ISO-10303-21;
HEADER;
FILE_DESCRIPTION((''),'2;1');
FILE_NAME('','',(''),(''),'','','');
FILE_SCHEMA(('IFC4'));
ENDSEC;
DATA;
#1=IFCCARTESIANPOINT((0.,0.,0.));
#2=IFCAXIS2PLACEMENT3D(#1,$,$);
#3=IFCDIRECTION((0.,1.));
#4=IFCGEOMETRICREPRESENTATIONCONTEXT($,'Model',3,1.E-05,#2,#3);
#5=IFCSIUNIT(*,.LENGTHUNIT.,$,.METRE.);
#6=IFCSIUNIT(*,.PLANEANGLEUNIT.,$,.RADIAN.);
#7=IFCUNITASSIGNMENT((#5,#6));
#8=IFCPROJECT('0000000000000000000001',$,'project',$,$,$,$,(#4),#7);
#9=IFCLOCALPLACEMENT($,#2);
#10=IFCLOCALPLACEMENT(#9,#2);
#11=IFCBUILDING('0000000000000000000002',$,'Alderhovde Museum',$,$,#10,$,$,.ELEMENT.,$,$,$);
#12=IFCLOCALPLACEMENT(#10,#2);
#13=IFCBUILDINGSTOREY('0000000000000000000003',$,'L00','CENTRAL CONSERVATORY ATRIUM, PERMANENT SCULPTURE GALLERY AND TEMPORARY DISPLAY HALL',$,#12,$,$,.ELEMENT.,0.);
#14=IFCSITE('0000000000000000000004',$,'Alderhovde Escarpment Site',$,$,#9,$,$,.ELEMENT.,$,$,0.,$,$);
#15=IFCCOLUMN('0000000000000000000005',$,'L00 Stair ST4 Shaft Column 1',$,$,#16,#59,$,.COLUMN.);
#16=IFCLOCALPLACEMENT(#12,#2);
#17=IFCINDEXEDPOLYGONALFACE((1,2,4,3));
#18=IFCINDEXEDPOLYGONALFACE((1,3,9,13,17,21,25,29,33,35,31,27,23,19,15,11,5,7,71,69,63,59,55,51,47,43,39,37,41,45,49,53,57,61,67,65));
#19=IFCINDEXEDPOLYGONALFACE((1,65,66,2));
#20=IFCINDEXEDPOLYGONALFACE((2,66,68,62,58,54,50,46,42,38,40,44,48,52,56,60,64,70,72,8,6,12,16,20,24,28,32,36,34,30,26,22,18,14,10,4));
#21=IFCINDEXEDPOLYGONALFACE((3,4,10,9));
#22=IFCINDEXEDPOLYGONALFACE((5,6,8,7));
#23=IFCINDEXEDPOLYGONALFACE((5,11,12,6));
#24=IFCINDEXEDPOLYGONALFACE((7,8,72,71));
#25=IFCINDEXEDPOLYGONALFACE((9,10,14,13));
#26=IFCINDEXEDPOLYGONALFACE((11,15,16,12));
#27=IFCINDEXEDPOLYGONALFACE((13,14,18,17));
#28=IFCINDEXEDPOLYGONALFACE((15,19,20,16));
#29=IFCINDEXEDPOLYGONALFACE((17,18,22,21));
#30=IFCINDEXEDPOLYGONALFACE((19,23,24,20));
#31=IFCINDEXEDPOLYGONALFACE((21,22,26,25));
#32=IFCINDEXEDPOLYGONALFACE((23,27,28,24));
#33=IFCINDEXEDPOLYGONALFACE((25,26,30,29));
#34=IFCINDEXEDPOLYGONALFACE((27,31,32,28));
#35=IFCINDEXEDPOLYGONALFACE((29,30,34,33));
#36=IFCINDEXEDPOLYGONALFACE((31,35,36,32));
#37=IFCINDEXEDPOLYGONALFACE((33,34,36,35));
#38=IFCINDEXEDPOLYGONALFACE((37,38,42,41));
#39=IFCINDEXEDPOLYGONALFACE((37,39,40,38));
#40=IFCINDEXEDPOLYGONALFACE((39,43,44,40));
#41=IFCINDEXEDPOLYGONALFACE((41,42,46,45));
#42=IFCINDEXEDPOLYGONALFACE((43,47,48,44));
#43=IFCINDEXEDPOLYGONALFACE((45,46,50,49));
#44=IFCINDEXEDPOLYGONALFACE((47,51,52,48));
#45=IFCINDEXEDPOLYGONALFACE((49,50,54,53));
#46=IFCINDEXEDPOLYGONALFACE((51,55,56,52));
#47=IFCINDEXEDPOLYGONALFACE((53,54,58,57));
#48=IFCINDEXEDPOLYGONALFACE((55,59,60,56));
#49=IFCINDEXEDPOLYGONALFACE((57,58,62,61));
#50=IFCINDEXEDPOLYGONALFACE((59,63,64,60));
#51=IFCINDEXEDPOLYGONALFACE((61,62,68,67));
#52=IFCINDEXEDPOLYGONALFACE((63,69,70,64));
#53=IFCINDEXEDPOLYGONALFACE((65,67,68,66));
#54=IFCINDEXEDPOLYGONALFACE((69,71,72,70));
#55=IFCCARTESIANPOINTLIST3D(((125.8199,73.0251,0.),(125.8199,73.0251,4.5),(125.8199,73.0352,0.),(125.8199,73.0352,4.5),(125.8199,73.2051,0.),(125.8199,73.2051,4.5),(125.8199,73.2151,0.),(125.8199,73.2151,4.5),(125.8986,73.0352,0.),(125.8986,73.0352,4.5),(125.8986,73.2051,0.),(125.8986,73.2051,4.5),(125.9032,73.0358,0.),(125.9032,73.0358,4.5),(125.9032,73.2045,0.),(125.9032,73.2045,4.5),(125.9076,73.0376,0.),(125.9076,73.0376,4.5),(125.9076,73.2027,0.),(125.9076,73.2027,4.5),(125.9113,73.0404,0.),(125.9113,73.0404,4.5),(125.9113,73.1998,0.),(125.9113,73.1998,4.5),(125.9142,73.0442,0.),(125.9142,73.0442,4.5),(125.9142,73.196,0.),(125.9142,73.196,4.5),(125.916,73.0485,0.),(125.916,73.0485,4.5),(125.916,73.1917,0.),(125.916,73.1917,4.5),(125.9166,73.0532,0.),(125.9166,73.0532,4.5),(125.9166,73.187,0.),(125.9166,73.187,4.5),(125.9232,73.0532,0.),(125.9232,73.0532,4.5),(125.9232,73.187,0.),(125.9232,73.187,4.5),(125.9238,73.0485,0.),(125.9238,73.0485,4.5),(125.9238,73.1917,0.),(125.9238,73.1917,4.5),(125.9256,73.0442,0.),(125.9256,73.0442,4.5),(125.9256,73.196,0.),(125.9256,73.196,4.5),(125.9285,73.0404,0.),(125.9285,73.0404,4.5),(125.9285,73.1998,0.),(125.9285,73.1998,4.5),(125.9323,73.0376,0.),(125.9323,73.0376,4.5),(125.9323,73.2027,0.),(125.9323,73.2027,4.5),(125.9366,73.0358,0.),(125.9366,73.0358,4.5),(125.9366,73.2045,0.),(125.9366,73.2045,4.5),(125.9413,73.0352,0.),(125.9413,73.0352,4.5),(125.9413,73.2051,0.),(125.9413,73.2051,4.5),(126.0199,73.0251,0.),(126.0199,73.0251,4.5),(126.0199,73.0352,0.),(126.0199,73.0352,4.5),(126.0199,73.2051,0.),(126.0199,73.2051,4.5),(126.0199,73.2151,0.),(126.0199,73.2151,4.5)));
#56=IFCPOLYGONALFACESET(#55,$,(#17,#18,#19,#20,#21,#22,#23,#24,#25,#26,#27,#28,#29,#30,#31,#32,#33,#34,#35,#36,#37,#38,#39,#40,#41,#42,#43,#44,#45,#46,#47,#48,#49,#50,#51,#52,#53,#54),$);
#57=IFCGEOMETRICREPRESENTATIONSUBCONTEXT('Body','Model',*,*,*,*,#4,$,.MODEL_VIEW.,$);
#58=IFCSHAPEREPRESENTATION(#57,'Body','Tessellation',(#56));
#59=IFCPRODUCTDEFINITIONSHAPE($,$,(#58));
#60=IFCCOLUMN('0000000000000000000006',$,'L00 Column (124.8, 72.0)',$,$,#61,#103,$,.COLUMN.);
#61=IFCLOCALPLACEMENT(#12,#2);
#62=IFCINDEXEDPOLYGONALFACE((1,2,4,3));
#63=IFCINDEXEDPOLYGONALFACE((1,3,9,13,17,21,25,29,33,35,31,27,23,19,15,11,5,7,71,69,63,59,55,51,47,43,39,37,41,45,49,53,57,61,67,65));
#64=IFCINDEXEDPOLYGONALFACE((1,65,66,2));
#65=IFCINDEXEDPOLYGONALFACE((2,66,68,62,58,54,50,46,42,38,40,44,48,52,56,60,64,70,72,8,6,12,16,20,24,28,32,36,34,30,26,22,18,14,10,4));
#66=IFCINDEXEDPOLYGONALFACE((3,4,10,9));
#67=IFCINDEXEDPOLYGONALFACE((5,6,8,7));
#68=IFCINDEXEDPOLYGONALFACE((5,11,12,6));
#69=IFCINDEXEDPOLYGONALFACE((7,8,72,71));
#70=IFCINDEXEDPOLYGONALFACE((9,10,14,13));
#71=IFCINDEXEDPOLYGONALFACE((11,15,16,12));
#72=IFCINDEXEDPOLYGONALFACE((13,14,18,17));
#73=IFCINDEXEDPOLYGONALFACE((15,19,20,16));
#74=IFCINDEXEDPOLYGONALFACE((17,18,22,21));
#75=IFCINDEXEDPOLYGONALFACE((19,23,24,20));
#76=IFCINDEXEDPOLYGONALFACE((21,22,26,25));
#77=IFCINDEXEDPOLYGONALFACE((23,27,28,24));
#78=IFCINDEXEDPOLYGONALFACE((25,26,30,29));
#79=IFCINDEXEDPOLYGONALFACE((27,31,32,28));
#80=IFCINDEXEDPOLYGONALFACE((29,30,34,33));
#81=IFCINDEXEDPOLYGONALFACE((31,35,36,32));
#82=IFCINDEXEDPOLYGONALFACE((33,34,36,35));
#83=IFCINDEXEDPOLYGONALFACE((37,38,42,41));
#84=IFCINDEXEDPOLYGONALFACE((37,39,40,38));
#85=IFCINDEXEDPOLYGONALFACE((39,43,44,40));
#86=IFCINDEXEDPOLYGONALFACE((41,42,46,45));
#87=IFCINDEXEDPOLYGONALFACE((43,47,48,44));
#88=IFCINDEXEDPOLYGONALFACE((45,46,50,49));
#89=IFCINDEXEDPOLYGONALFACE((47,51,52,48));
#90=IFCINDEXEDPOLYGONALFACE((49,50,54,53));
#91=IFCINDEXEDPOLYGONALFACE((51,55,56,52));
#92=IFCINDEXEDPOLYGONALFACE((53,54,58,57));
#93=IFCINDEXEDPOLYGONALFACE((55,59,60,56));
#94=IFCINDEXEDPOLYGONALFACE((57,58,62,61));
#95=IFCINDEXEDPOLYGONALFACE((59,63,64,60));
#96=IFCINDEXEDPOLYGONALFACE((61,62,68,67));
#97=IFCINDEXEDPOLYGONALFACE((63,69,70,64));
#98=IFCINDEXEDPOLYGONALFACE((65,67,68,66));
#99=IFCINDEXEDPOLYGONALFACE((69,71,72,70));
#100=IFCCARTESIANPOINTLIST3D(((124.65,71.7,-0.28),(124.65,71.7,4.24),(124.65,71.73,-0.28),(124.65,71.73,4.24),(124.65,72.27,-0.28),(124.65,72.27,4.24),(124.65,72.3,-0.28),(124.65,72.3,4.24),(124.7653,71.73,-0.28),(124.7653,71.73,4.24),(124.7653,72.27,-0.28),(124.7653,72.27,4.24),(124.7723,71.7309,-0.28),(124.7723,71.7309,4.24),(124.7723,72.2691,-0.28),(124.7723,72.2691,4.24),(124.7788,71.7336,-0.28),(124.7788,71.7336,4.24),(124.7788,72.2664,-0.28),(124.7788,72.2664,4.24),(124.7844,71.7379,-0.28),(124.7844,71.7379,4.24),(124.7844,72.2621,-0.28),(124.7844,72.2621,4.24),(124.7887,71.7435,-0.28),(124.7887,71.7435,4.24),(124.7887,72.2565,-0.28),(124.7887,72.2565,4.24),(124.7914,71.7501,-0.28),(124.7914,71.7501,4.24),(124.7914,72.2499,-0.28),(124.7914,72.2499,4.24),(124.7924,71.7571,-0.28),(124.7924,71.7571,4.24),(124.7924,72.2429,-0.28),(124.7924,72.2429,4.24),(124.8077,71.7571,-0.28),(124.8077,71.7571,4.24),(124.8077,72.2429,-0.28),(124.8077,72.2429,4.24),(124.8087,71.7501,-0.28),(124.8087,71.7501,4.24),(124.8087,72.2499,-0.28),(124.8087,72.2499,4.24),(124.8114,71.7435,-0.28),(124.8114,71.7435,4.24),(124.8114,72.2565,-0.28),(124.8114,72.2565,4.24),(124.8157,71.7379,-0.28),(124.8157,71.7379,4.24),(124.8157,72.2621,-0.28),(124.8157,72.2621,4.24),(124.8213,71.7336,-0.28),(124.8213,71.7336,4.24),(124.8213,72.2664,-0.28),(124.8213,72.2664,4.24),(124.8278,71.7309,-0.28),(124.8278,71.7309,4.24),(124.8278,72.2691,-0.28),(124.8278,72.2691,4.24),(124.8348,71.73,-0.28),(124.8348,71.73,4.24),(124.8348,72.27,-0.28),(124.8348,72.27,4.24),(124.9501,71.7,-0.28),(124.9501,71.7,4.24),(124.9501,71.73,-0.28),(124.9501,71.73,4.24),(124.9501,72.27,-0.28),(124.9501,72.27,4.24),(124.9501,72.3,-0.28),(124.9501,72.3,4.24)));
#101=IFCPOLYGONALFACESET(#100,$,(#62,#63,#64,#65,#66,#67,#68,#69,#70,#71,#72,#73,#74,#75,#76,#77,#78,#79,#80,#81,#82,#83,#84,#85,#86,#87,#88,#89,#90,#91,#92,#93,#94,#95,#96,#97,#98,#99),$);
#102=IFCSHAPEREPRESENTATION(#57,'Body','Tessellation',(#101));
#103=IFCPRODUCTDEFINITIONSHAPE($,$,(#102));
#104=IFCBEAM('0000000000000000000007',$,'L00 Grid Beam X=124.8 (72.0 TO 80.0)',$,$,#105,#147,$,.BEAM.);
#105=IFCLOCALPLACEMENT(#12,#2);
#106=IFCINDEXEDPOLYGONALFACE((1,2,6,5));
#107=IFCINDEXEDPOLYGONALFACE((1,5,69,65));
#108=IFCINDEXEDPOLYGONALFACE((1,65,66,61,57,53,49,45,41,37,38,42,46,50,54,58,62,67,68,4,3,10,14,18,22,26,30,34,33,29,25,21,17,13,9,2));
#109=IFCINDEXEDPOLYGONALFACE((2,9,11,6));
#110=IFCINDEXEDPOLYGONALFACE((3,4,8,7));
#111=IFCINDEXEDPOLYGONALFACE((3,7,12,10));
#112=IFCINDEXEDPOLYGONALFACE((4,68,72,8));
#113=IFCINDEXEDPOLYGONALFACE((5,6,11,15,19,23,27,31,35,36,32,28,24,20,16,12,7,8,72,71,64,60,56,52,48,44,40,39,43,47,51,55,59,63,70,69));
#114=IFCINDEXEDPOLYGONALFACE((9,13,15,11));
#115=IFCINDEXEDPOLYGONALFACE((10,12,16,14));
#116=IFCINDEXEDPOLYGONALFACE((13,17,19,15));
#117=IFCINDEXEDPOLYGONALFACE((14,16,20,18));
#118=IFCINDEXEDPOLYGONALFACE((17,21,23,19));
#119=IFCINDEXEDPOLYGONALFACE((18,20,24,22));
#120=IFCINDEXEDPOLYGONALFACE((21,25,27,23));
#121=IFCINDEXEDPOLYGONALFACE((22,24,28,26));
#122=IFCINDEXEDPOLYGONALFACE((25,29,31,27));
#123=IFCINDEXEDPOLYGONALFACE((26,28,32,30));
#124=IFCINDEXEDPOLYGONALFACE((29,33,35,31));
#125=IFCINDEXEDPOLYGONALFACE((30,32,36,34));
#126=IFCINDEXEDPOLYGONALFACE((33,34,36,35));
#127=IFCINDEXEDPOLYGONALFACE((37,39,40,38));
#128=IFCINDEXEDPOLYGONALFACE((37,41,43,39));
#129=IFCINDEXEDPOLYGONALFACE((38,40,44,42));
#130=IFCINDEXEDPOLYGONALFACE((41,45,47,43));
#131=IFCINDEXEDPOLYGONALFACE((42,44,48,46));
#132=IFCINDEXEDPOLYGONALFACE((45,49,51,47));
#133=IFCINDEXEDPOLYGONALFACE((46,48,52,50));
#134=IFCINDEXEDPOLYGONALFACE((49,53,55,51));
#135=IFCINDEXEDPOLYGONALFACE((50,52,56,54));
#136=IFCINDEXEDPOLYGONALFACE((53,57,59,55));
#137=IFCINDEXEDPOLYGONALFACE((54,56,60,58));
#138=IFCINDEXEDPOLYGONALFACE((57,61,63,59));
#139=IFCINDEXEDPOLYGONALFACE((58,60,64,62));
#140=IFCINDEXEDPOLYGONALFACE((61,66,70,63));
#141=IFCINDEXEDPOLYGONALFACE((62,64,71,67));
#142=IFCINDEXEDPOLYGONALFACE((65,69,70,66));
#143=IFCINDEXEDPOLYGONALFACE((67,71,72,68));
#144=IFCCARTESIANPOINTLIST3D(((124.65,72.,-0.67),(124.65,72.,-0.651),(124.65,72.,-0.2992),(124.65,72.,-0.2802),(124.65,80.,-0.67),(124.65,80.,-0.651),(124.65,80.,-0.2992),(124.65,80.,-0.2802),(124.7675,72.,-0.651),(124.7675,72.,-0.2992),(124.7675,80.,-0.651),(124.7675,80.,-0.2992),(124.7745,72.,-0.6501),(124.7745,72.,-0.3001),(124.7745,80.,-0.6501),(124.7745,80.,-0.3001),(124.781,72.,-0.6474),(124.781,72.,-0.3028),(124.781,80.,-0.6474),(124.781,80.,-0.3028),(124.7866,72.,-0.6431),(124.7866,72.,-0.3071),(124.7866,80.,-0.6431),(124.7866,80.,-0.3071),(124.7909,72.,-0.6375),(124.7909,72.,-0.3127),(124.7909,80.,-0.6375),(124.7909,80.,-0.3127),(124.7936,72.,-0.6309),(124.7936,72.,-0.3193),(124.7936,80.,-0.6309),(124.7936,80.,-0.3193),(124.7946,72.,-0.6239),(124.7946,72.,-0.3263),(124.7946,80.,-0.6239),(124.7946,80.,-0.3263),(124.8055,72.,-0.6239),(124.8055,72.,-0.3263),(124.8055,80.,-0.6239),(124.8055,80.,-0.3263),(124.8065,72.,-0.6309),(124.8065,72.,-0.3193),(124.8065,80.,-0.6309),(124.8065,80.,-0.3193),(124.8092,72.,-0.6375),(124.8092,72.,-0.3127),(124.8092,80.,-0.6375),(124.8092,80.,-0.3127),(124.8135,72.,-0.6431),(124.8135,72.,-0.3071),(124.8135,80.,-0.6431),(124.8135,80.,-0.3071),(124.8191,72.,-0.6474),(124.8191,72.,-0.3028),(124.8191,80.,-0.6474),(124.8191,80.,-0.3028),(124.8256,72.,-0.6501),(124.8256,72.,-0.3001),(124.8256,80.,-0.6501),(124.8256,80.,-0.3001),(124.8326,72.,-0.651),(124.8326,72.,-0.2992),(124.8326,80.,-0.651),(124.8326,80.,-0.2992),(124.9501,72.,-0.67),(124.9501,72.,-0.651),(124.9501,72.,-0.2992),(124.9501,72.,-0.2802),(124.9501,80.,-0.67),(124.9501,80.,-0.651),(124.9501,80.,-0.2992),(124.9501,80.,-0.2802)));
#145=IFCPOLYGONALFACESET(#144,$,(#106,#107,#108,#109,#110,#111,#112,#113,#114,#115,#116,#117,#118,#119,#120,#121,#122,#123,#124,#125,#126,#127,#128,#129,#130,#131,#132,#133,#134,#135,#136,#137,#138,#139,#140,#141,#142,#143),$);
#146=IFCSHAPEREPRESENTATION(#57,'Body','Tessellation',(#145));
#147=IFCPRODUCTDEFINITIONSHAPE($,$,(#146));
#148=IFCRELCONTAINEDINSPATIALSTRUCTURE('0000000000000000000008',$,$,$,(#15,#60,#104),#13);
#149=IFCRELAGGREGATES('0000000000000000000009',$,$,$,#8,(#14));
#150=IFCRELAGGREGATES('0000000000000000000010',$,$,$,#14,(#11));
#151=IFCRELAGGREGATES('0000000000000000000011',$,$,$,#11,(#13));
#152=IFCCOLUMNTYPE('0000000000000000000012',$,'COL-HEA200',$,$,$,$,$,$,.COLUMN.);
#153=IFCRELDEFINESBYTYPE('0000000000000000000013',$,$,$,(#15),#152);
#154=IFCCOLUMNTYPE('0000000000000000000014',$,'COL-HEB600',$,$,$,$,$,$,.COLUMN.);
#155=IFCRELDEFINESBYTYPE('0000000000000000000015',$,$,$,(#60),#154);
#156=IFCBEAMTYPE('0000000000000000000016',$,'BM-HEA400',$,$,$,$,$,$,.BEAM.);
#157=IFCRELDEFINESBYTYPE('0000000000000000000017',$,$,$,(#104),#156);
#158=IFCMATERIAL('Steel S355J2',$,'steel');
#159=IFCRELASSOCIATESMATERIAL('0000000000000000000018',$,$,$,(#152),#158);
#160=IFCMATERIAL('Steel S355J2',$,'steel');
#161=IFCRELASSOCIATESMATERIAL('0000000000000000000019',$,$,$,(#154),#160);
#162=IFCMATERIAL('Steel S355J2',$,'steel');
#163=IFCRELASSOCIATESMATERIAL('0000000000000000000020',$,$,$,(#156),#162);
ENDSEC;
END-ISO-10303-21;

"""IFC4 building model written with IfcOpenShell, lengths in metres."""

from ifc_helpers import new_model, si_unit, direction, frame, origin, origin_2d, place, context, subcontext, project, spatial, i_section, extrude, material, material_profile, profile_set, type_object, element, save


model = new_model("IFC4")

# Units and contexts
model_context = context("Model", 3, precision=1e-05, world=origin(), true_north=direction((0.0, 1.0)))
body_context = subcontext(model_context, "Body", "Model", "MODEL_VIEW")
ifc_project = project(units=[si_unit("LENGTHUNIT", "METRE"), si_unit("PLANEANGLEUNIT", "RADIAN")], contexts=[model_context])

# Site, building, storey
site_placement = place(None, origin())
site = spatial("IfcSite", under=ifc_project, at=site_placement, Name="Alderhovde Escarpment Site", CompositionType="ELEMENT", RefElevation=0.0)
building_placement = place(site_placement, origin())
building = spatial("IfcBuilding", under=site, at=building_placement, Name="Alderhovde Museum", CompositionType="ELEMENT")
storey_placement = place(building_placement, origin())
storey = spatial("IfcBuildingStorey", under=building, at=storey_placement, Name="L00", Description="CENTRAL CONSERVATORY ATRIUM, PERMANENT SCULPTURE GALLERY AND TEMPORARY DISPLAY HALL", CompositionType="ELEMENT", Elevation=0.0)

# Columns
ifc_material_1 = material(Name="Steel S355J2", Category="steel")
ifc_material_profile_1 = material_profile(ifc_material_1, i_section(OverallWidth=0.2, OverallDepth=0.1899, WebThickness=0.0066, FlangeThickness=0.01, FilletRadius=0.0181, at=origin_2d()), Name="HEA 200")
ifc_profile_set_1 = profile_set([ifc_material_profile_1], Name="Steel S355J2")
column_type_1 = type_object("IfcColumnType", Name="COL-HEA200", PredefinedType="COLUMN", material=ifc_profile_set_1)
column_1_placement = place(storey_placement, frame((125.9199, 73.1201, 0.0), z_axis=(0.0, 0.0, 1.0), x_axis=(1.0, 0.0, 0.0)))
element("IfcColumn", 1, at=column_1_placement, inside=storey, type_object=column_type_1, Name="L00 Stair ST4 Shaft Column 1", PredefinedType="COLUMN", context=body_context, shape_type="SweptSolid", body=[
    extrude(i_section(OverallWidth=0.2, OverallDepth=0.1899, WebThickness=0.0066, FlangeThickness=0.01, FilletRadius=0.0181, at=origin_2d()), origin(), (0.0, 0.0, 1.0), 4.5),
])
ifc_material_2 = material(Name="Steel S355J2", Category="steel")
ifc_material_profile_2 = material_profile(ifc_material_2, i_section(OverallWidth=0.3, OverallDepth=0.6001, WebThickness=0.0154, FlangeThickness=0.03, FilletRadius=0.0271, at=origin_2d()), Name="HEB 600")
ifc_profile_set_2 = profile_set([ifc_material_profile_2], Name="Steel S355J2")
column_type_2 = type_object("IfcColumnType", Name="COL-HEB600", PredefinedType="COLUMN", material=ifc_profile_set_2)
column_2_placement = place(storey_placement, frame((124.8, 72.0, -0.28), z_axis=(0.0, 0.0, 1.0), x_axis=(1.0, 0.0, 0.0)))
element("IfcColumn", 2, at=column_2_placement, inside=storey, type_object=column_type_2, Name="L00 Column (124.8, 72.0)", PredefinedType="COLUMN", context=body_context, shape_type="SweptSolid", body=[
    extrude(i_section(OverallWidth=0.3, OverallDepth=0.6001, WebThickness=0.0154, FlangeThickness=0.03, FilletRadius=0.0271, at=origin_2d()), origin(), (0.0, 0.0, 1.0), 4.52),
])

# Beam
ifc_material_3 = material(Name="Steel S355J2", Category="steel")
ifc_material_profile_3 = material_profile(ifc_material_3, i_section(OverallWidth=0.3, OverallDepth=0.3899, WebThickness=0.011, FlangeThickness=0.019, FilletRadius=0.0271, at=origin_2d()), Name="HEA 400")
ifc_profile_set_3 = profile_set([ifc_material_profile_3], Name="Steel S355J2")
beam_type_1 = type_object("IfcBeamType", Name="BM-HEA400", PredefinedType="BEAM", material=ifc_profile_set_3)
beam_1_placement = place(storey_placement, frame((124.8, 72.0, -0.4751), z_axis=(0.0, 1.0, 0.0), x_axis=(-1.0, 0.0, 0.0)))
element("IfcBeam", 3, at=beam_1_placement, inside=storey, type_object=beam_type_1, Name="L00 Grid Beam X=124.8 (72.0 TO 80.0)", PredefinedType="BEAM", context=body_context, shape_type="SweptSolid", body=[
    extrude(i_section(OverallWidth=0.3, OverallDepth=0.3899, WebThickness=0.011, FlangeThickness=0.019, FilletRadius=0.0271, at=origin_2d()), origin(), (0.0, 0.0, 1.0), 8.0),
])

save(model, "model.ifc")
